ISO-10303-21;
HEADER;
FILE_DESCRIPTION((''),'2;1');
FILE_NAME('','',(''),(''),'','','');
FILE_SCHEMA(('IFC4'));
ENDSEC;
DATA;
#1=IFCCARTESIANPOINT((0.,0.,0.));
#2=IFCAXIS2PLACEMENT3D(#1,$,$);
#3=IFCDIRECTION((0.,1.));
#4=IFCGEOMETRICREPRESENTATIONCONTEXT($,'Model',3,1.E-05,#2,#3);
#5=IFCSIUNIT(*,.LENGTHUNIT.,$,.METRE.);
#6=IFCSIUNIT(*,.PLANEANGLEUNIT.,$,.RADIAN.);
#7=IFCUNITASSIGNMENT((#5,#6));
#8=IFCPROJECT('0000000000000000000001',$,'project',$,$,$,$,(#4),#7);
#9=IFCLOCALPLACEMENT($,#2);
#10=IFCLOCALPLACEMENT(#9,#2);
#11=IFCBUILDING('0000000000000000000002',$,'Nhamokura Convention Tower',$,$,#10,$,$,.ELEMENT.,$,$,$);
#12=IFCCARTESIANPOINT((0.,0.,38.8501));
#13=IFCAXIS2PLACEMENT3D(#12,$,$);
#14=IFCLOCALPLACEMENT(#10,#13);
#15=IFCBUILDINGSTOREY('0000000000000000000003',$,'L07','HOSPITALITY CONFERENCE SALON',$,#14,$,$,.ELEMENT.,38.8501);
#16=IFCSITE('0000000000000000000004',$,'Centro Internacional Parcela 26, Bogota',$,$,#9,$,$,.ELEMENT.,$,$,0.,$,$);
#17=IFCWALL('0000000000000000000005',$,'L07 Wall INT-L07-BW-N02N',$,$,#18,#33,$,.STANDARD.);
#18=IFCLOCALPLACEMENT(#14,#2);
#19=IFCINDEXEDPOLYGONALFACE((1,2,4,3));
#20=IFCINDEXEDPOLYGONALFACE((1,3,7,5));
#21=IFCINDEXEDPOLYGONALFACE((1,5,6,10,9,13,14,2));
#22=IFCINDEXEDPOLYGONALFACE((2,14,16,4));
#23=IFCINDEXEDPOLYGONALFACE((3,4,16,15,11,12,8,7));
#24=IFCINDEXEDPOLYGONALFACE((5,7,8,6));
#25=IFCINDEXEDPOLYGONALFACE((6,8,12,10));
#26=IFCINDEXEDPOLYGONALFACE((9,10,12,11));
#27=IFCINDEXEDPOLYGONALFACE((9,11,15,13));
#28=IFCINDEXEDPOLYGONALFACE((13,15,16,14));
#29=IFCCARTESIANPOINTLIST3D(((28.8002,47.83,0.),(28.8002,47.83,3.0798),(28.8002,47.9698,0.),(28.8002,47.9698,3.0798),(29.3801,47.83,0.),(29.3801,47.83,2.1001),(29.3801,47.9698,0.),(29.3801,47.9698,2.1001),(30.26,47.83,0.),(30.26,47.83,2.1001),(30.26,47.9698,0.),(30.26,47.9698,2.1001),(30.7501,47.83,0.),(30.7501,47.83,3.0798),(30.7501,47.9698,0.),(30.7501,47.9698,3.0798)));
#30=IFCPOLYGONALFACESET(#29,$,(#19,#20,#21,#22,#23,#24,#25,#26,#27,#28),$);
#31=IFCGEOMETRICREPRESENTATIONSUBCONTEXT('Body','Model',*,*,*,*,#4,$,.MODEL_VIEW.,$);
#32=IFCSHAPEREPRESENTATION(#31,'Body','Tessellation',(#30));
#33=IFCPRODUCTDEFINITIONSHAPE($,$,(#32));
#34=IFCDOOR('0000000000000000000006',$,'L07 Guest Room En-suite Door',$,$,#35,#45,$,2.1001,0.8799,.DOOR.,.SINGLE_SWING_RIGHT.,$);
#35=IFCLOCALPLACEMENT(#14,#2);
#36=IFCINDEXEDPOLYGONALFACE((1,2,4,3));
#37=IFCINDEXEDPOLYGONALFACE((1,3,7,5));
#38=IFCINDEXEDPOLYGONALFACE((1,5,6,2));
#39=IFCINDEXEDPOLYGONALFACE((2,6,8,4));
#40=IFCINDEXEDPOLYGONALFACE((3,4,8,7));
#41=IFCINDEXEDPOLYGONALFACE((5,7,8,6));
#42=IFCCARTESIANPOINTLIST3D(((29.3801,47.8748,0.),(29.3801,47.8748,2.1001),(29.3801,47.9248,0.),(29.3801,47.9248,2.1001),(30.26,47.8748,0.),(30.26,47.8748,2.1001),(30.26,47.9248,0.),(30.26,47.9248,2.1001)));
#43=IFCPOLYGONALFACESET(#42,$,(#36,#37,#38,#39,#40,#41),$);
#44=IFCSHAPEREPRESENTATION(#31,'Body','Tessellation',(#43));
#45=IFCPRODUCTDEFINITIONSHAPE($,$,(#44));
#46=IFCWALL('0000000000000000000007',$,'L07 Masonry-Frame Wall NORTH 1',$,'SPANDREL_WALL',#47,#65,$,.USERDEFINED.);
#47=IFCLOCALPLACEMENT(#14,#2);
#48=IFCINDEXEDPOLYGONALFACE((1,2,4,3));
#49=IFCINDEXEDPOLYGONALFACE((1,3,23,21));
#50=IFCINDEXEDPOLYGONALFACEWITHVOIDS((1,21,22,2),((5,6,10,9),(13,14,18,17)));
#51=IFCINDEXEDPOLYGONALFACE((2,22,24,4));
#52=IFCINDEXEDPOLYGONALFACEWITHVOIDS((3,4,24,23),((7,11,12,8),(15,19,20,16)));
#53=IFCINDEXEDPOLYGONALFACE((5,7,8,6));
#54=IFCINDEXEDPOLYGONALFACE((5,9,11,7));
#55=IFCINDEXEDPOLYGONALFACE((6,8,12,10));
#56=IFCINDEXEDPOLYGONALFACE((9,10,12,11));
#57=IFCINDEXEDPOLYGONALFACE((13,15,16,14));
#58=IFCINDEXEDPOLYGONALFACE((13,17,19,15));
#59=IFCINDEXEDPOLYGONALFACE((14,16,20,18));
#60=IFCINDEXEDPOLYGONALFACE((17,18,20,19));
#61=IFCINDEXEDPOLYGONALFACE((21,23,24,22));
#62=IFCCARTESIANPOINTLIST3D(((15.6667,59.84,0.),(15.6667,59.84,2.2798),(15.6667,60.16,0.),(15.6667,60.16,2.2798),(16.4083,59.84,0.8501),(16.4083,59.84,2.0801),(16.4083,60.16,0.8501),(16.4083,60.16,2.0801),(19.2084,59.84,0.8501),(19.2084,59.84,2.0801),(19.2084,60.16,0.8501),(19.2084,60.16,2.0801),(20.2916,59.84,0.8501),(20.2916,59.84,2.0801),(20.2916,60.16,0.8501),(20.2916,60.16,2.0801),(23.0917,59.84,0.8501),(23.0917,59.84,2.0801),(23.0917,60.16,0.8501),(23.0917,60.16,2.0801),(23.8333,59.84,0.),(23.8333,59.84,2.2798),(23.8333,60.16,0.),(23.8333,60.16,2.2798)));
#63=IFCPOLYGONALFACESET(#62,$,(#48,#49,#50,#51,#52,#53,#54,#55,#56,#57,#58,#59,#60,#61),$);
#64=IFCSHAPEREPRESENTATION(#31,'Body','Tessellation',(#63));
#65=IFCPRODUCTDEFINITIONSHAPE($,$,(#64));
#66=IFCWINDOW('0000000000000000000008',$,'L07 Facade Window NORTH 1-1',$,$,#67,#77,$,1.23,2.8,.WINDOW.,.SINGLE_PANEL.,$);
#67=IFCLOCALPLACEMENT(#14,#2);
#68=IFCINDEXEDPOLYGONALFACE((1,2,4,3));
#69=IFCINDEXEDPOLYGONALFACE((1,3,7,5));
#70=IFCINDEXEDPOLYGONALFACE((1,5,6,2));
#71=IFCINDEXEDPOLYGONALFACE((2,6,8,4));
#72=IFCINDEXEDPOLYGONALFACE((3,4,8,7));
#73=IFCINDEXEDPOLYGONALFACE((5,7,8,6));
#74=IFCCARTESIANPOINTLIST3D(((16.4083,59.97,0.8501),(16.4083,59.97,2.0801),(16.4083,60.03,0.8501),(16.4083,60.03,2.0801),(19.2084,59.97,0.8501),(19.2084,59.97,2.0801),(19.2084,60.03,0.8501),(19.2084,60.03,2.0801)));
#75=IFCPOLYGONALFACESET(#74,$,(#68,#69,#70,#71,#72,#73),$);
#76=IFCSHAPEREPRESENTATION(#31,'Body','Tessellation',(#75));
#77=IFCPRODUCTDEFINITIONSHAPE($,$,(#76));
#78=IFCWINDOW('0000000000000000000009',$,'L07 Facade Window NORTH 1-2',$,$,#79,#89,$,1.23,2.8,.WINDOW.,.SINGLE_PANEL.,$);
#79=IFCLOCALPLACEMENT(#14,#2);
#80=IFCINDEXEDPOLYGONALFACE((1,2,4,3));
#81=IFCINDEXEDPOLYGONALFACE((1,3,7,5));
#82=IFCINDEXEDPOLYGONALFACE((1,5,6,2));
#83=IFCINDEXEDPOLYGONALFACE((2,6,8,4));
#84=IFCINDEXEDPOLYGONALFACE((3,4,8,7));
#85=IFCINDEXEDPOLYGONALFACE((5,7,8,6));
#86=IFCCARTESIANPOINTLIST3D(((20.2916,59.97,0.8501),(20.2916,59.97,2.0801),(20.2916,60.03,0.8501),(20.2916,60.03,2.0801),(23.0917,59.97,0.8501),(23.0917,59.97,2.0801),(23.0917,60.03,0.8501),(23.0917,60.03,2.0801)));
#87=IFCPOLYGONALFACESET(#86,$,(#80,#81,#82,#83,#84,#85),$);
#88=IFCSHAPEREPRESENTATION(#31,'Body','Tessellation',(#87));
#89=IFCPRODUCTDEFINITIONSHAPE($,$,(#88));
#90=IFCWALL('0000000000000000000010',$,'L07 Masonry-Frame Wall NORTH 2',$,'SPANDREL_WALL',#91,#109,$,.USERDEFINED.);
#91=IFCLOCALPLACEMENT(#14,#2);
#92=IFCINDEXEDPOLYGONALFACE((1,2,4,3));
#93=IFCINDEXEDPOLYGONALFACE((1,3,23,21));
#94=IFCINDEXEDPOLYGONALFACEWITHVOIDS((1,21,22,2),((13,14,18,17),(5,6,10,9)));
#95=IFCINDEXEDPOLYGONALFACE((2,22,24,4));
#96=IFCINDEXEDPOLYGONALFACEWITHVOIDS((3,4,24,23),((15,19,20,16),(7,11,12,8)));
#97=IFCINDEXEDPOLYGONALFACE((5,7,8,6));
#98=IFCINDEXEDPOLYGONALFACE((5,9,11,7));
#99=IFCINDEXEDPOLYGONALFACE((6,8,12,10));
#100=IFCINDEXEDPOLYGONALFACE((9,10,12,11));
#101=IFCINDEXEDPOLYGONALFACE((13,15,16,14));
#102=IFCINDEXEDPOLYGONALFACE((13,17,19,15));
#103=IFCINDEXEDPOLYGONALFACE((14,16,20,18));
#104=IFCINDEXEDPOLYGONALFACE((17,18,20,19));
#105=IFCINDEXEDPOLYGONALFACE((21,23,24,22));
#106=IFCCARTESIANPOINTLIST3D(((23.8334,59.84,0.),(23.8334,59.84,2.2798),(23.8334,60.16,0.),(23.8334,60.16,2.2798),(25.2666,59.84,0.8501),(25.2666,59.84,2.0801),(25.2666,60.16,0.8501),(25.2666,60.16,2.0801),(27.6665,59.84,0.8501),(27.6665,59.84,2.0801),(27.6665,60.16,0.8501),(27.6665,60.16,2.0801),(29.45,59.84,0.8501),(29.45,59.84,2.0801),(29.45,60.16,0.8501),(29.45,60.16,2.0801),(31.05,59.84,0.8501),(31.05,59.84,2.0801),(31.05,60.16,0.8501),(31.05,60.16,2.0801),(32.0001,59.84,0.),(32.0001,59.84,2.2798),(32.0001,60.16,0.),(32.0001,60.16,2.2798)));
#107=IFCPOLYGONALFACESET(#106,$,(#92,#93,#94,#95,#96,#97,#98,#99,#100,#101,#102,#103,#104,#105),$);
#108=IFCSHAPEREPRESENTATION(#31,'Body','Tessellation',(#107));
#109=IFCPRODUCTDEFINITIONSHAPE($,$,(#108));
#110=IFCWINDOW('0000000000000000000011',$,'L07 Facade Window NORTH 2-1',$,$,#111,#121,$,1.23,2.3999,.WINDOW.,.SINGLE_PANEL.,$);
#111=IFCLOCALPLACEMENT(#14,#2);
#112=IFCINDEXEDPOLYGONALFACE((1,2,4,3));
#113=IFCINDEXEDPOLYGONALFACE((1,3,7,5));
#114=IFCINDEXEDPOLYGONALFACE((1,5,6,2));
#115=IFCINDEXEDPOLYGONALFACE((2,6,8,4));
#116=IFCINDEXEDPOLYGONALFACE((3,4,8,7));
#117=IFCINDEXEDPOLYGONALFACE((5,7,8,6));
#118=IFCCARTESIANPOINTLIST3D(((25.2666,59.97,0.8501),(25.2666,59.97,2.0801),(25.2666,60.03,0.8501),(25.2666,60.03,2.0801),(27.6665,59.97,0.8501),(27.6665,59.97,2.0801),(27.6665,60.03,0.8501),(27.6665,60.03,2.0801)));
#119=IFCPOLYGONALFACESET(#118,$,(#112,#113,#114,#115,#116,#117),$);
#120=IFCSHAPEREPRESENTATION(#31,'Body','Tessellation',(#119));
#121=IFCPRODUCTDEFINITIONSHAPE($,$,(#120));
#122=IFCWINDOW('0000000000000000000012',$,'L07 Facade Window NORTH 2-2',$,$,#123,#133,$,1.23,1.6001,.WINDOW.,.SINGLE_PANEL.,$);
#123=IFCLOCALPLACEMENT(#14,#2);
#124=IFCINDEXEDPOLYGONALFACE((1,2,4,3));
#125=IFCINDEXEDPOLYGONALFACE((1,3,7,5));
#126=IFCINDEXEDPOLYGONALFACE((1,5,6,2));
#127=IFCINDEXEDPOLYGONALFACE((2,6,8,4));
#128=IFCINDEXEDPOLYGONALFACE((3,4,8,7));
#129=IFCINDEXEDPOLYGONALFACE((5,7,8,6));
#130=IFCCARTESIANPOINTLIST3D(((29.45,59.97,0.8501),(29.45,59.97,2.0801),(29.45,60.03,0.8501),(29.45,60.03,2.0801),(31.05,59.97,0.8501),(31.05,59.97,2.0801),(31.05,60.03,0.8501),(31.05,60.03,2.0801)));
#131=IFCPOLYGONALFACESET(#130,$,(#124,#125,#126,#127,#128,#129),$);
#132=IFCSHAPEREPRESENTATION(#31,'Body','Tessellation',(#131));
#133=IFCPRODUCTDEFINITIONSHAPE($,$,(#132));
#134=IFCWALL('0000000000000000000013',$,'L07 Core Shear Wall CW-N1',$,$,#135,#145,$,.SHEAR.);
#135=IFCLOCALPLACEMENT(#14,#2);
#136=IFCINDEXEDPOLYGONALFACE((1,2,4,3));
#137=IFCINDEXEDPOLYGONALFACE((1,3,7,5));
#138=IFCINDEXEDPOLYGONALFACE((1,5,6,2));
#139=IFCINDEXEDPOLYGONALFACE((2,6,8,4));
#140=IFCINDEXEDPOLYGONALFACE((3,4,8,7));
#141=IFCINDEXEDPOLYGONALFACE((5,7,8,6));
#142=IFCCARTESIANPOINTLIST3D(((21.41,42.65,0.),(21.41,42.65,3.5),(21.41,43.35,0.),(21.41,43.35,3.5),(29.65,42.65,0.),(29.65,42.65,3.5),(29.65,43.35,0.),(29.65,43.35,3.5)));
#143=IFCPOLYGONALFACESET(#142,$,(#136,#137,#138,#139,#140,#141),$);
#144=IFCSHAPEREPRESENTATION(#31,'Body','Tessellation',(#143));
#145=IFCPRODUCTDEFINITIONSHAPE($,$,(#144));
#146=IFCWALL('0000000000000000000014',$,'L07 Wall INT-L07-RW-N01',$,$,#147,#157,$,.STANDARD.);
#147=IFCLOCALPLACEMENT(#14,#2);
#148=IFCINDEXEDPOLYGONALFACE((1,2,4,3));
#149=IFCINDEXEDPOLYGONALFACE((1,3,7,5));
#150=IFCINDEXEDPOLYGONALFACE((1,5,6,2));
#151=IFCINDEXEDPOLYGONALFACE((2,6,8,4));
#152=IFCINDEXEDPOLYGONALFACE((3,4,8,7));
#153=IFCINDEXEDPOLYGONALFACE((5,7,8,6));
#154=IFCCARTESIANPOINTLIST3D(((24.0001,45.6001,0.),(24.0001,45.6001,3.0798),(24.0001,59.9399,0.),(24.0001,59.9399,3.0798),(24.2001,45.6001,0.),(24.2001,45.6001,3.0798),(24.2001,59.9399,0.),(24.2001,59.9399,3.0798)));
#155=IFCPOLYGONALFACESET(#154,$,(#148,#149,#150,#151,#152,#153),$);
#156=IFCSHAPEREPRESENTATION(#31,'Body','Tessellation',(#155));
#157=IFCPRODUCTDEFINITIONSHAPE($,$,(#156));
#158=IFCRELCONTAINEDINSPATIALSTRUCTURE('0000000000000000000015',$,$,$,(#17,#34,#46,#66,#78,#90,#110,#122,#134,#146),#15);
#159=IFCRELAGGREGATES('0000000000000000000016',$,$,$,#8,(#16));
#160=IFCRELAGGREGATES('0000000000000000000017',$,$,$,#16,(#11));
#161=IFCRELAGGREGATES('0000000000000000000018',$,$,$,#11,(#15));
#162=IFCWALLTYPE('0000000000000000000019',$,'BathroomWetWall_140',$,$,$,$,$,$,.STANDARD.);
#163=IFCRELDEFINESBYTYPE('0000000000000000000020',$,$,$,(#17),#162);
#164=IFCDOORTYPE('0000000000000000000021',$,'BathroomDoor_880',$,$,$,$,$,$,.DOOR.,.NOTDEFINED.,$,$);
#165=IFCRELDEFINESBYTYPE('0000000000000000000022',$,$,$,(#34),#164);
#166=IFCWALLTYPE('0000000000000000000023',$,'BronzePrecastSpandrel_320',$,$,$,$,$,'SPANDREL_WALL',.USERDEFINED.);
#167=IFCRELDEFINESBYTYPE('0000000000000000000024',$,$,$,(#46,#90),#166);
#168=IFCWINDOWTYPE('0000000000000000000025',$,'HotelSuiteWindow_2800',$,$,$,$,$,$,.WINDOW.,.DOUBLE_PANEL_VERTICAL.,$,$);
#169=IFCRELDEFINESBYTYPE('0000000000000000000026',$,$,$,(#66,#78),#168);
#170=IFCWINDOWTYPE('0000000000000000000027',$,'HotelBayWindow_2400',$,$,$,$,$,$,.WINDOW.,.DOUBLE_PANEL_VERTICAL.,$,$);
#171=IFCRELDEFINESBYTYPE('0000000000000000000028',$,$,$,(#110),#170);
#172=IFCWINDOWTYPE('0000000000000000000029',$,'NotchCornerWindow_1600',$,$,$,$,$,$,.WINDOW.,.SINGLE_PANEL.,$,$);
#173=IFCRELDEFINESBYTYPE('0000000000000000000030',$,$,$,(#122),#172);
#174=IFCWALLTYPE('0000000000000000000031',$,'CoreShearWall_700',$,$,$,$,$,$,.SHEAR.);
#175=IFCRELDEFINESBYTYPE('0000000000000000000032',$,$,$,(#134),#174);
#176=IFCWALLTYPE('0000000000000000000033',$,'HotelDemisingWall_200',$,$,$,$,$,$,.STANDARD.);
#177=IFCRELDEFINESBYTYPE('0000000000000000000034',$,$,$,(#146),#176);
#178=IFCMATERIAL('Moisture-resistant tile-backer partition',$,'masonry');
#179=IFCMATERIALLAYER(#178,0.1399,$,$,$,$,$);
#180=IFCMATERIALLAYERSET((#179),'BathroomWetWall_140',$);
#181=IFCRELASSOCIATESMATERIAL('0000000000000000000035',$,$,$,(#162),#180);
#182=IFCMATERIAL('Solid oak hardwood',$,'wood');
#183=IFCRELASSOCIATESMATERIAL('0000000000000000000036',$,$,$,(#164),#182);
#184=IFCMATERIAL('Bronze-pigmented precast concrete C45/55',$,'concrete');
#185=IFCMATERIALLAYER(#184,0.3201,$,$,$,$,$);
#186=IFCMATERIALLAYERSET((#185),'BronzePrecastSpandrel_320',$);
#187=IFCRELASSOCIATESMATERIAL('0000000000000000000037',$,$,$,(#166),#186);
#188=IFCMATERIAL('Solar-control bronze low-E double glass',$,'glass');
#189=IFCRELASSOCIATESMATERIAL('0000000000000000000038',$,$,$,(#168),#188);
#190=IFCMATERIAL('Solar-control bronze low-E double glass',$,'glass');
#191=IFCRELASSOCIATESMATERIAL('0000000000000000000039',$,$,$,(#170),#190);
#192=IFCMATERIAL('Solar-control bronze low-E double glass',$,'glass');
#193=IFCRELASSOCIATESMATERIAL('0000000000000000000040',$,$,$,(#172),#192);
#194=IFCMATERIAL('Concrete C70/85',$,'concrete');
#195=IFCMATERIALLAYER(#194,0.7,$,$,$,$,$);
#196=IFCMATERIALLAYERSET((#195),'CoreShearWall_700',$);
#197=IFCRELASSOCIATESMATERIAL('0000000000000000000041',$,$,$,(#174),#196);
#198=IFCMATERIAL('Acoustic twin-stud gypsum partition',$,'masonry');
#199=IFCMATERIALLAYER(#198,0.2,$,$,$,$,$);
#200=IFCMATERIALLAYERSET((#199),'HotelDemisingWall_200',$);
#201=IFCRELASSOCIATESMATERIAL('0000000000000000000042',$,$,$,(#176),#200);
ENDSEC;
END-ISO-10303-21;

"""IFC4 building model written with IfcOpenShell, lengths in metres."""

from ifc_helpers import new_model, si_unit, direction, frame, frame_2d, origin, place, context, subcontext, project, spatial, rectangle, extrude, material, layer, layer_set, type_object, element, fill, save


model = new_model("IFC4")

# Units and contexts
model_context = context("Model", 3, precision=1e-05, world=origin(), true_north=direction((0.0, 1.0)))
body_context = subcontext(model_context, "Body", "Model", "MODEL_VIEW")
ifc_project = project(units=[si_unit("LENGTHUNIT", "METRE"), si_unit("PLANEANGLEUNIT", "RADIAN")], contexts=[model_context])

# Site, building, storey
site_placement = place(None, origin())
site = spatial("IfcSite", under=ifc_project, at=site_placement, Name="Centro Internacional Parcela 26, Bogota", CompositionType="ELEMENT", RefElevation=0.0)
building_placement = place(site_placement, origin())
building = spatial("IfcBuilding", under=site, at=building_placement, Name="Nhamokura Convention Tower", CompositionType="ELEMENT")
storey_placement = place(building_placement, frame((0.0, 0.0, 38.8501)))
storey = spatial("IfcBuildingStorey", under=building, at=storey_placement, Name="L07", Description="HOSPITALITY CONFERENCE SALON", CompositionType="ELEMENT", Elevation=38.8501)

# Shared definitions
ifc_material_1 = material(Name="Moisture-resistant tile-backer partition", Category="masonry")
ifc_layer_1 = layer(ifc_material_1, 0.1399)
ifc_layer_set_1 = layer_set([ifc_layer_1], Name="BathroomWetWall_140")
wall_type_1 = type_object("IfcWallType", Name="BathroomWetWall_140", PredefinedType="STANDARD", material=ifc_layer_set_1)

# Wall, opening, door
ifc_material_2 = material(Name="Solid oak hardwood", Category="wood")
door_type_1 = type_object("IfcDoorType", Name="BathroomDoor_880", OperationType="NOTDEFINED", PredefinedType="DOOR", material=ifc_material_2)
wall_1_placement = place(storey_placement, frame((28.8, 47.8999, 0.0), z_axis=(0.0, 0.0, 1.0), x_axis=(1.0, 0.0, 0.0)))
wall_1 = element("IfcWall", 1, at=wall_1_placement, inside=storey, type_object=wall_type_1, Name="L07 Wall INT-L07-BW-N02N", PredefinedType="STANDARD", context=body_context, shape_type="SweptSolid", body=[
    extrude(rectangle(XDim=1.95, YDim=0.1399, at=frame_2d((0.9751, 0.0))), origin(), (0.0, 0.0, 1.0), 3.0798),
])
opening_1_placement = place(wall_1_placement, frame((0.5801, 0.0, 0.0)))
opening_1 = element("IfcOpeningElement", 2, at=opening_1_placement, cuts=wall_1, PredefinedType="OPENING", context=body_context, shape_type="SweptSolid", body=[
    extrude(rectangle(XDim=0.8799, YDim=2.1001, at=frame_2d((0.4399, 1.05))), frame((0.0, 0.0798, 0.0), z_axis=(0.0, -1.0, 0.0), x_axis=(1.0, 0.0, 0.0)), (0.0, 0.0, 1.0), 0.1599),
])
door_1_placement = place(opening_1_placement, origin())
door_1 = element("IfcDoor", 3, at=door_1_placement, inside=storey, type_object=door_type_1, Name="L07 Guest Room En-suite Door", OperationType="SINGLE_SWING_RIGHT", OverallHeight=2.1001, OverallWidth=0.8799, PredefinedType="DOOR", context=body_context, shape_type="SweptSolid", body=[
    extrude(rectangle(XDim=0.8799, YDim=2.1001, at=frame_2d((0.4399, 1.05))), frame((0.0, 0.0249, 0.0), z_axis=(0.0, -1.0, 0.0), x_axis=(1.0, 0.0, 0.0)), (0.0, 0.0, 1.0), 0.05),
])
fill(opening_1, door_1)

# Walls, openings, windows
ifc_material_3 = material(Name="Bronze-pigmented precast concrete C45/55", Category="concrete")
ifc_layer_2 = layer(ifc_material_3, 0.3201)
ifc_layer_set_2 = layer_set([ifc_layer_2], Name="BronzePrecastSpandrel_320")
wall_type_2 = type_object("IfcWallType", Name="BronzePrecastSpandrel_320", ElementType="SPANDREL_WALL", PredefinedType="USERDEFINED", material=ifc_layer_set_2)
wall_2_placement = place(storey_placement, frame((15.6667, 60.0, 0.0), z_axis=(0.0, 0.0, 1.0), x_axis=(1.0, 0.0, 0.0)))
wall_2 = element("IfcWall", 4, at=wall_2_placement, inside=storey, type_object=wall_type_2, Name="L07 Masonry-Frame Wall NORTH 1", ObjectType="SPANDREL_WALL", PredefinedType="USERDEFINED", context=body_context, shape_type="SweptSolid", body=[
    extrude(rectangle(XDim=8.1665, YDim=0.3201, at=frame_2d((4.0833, 0.0))), origin(), (0.0, 0.0, 1.0), 2.2798),
])
opening_2_placement = place(wall_2_placement, frame((0.7417, 0.0, 0.8501)))
opening_2 = element("IfcOpeningElement", 5, at=opening_2_placement, cuts=wall_2, PredefinedType="OPENING", context=body_context, shape_type="SweptSolid", body=[
    extrude(rectangle(XDim=2.8, YDim=1.23, at=frame_2d((1.3999, 0.615))), frame((0.0, 0.1699, 0.0), z_axis=(0.0, -1.0, 0.0), x_axis=(1.0, 0.0, 0.0)), (0.0, 0.0, 1.0), 0.3401),
])
opening_3_placement = place(wall_2_placement, frame((4.625, 0.0, 0.8501)))
opening_3 = element("IfcOpeningElement", 6, at=opening_3_placement, cuts=wall_2, PredefinedType="OPENING", context=body_context, shape_type="SweptSolid", body=[
    extrude(rectangle(XDim=2.8, YDim=1.23, at=frame_2d((1.3999, 0.615))), frame((0.0, 0.1699, 0.0), z_axis=(0.0, -1.0, 0.0), x_axis=(1.0, 0.0, 0.0)), (0.0, 0.0, 1.0), 0.3401),
])
ifc_material_4 = material(Name="Solar-control bronze low-E double glass", Category="glass")
window_type_1 = type_object("IfcWindowType", Name="HotelSuiteWindow_2800", PartitioningType="DOUBLE_PANEL_VERTICAL", PredefinedType="WINDOW", material=ifc_material_4)
window_1_placement = place(opening_2_placement, origin())
window_1 = element("IfcWindow", 7, at=window_1_placement, inside=storey, type_object=window_type_1, Name="L07 Facade Window NORTH 1-1", OverallHeight=1.23, OverallWidth=2.8, PartitioningType="SINGLE_PANEL", PredefinedType="WINDOW", context=body_context, shape_type="SweptSolid", body=[
    extrude(rectangle(XDim=2.8, YDim=1.23, at=frame_2d((1.3999, 0.615))), frame((0.0, 0.03, 0.0), z_axis=(0.0, -1.0, 0.0), x_axis=(1.0, 0.0, 0.0)), (0.0, 0.0, 1.0), 0.0601),
])
fill(opening_2, window_1)
window_2_placement = place(opening_3_placement, origin())
window_2 = element("IfcWindow", 8, at=window_2_placement, inside=storey, type_object=window_type_1, Name="L07 Facade Window NORTH 1-2", OverallHeight=1.23, OverallWidth=2.8, PartitioningType="SINGLE_PANEL", PredefinedType="WINDOW", context=body_context, shape_type="SweptSolid", body=[
    extrude(rectangle(XDim=2.8, YDim=1.23, at=frame_2d((1.3999, 0.615))), frame((0.0, 0.03, 0.0), z_axis=(0.0, -1.0, 0.0), x_axis=(1.0, 0.0, 0.0)), (0.0, 0.0, 1.0), 0.0601),
])
fill(opening_3, window_2)
wall_3_placement = place(storey_placement, frame((23.8333, 60.0, 0.0), z_axis=(0.0, 0.0, 1.0), x_axis=(1.0, 0.0, 0.0)))
wall_3 = element("IfcWall", 9, at=wall_3_placement, inside=storey, type_object=wall_type_2, Name="L07 Masonry-Frame Wall NORTH 2", ObjectType="SPANDREL_WALL", PredefinedType="USERDEFINED", context=body_context, shape_type="SweptSolid", body=[
    extrude(rectangle(XDim=8.1667, YDim=0.3201, at=frame_2d((4.0835, 0.0))), origin(), (0.0, 0.0, 1.0), 2.2798),
])
opening_4_placement = place(wall_3_placement, frame((1.4333, 0.0, 0.8501)))
opening_4 = element("IfcOpeningElement", 10, at=opening_4_placement, cuts=wall_3, PredefinedType="OPENING", context=body_context, shape_type="SweptSolid", body=[
    extrude(rectangle(XDim=2.3999, YDim=1.23, at=frame_2d((1.2, 0.615))), frame((0.0, 0.1699, 0.0), z_axis=(0.0, -1.0, 0.0), x_axis=(1.0, 0.0, 0.0)), (0.0, 0.0, 1.0), 0.3401),
])
opening_5_placement = place(wall_3_placement, frame((5.6167, 0.0, 0.8501)))
opening_5 = element("IfcOpeningElement", 11, at=opening_5_placement, cuts=wall_3, PredefinedType="OPENING", context=body_context, shape_type="SweptSolid", body=[
    extrude(rectangle(XDim=1.6001, YDim=1.23, at=frame_2d((0.8, 0.615))), frame((0.0, 0.1699, 0.0), z_axis=(0.0, -1.0, 0.0), x_axis=(1.0, 0.0, 0.0)), (0.0, 0.0, 1.0), 0.3401),
])
ifc_material_5 = material(Name="Solar-control bronze low-E double glass", Category="glass")
window_type_2 = type_object("IfcWindowType", Name="HotelBayWindow_2400", PartitioningType="DOUBLE_PANEL_VERTICAL", PredefinedType="WINDOW", material=ifc_material_5)
window_3_placement = place(opening_4_placement, origin())
window_3 = element("IfcWindow", 12, at=window_3_placement, inside=storey, type_object=window_type_2, Name="L07 Facade Window NORTH 2-1", OverallHeight=1.23, OverallWidth=2.3999, PartitioningType="SINGLE_PANEL", PredefinedType="WINDOW", context=body_context, shape_type="SweptSolid", body=[
    extrude(rectangle(XDim=2.3999, YDim=1.23, at=frame_2d((1.2, 0.615))), frame((0.0, 0.03, 0.0), z_axis=(0.0, -1.0, 0.0), x_axis=(1.0, 0.0, 0.0)), (0.0, 0.0, 1.0), 0.0601),
])
fill(opening_4, window_3)
ifc_material_6 = material(Name="Solar-control bronze low-E double glass", Category="glass")
window_type_3 = type_object("IfcWindowType", Name="NotchCornerWindow_1600", PartitioningType="SINGLE_PANEL", PredefinedType="WINDOW", material=ifc_material_6)
window_4_placement = place(opening_5_placement, origin())
window_4 = element("IfcWindow", 13, at=window_4_placement, inside=storey, type_object=window_type_3, Name="L07 Facade Window NORTH 2-2", OverallHeight=1.23, OverallWidth=1.6001, PartitioningType="SINGLE_PANEL", PredefinedType="WINDOW", context=body_context, shape_type="SweptSolid", body=[
    extrude(rectangle(XDim=1.6001, YDim=1.23, at=frame_2d((0.8, 0.615))), frame((0.0, 0.03, 0.0), z_axis=(0.0, -1.0, 0.0), x_axis=(1.0, 0.0, 0.0)), (0.0, 0.0, 1.0), 0.0601),
])
fill(opening_5, window_4)

# Wall
ifc_material_7 = material(Name="Concrete C70/85", Category="concrete")
ifc_layer_3 = layer(ifc_material_7, 0.7)
ifc_layer_set_3 = layer_set([ifc_layer_3], Name="CoreShearWall_700")
wall_type_3 = type_object("IfcWallType", Name="CoreShearWall_700", PredefinedType="SHEAR", material=ifc_layer_set_3)
wall_4_placement = place(storey_placement, frame((21.4099, 43.0, 0.0), z_axis=(0.0, 0.0, 1.0), x_axis=(1.0, 0.0, 0.0)))
element("IfcWall", 14, at=wall_4_placement, inside=storey, type_object=wall_type_3, Name="L07 Core Shear Wall CW-N1", PredefinedType="SHEAR", context=body_context, shape_type="SweptSolid", body=[
    extrude(rectangle(XDim=8.24, YDim=0.7, at=frame_2d((4.1201, 0.0))), origin(), (0.0, 0.0, 1.0), 3.5),
])

# Wall
ifc_material_8 = material(Name="Acoustic twin-stud gypsum partition", Category="masonry")
ifc_layer_4 = layer(ifc_material_8, 0.2)
ifc_layer_set_4 = layer_set([ifc_layer_4], Name="HotelDemisingWall_200")
wall_type_4 = type_object("IfcWallType", Name="HotelDemisingWall_200", PredefinedType="STANDARD", material=ifc_layer_set_4)
for number, where, z_axis, x_axis, name in (
    (15, (24.1001, 45.6001, 0.0), (0.0, 0.0, 1.0), (0.0, 1.0, 0.0), "L07 Wall INT-L07-RW-N01"),
):
    element("IfcWall", number, at=place(storey_placement, frame(where, z_axis=z_axis, x_axis=x_axis)), inside=storey, type_object=wall_type_4, Name=name, PredefinedType="STANDARD", context=body_context, shape_type="SweptSolid", body=[
        extrude(rectangle(XDim=14.3398, YDim=0.2, at=frame_2d((7.1699, 0.0))), origin(), (0.0, 0.0, 1.0), 3.0798),
    ])

save(model, "model.ifc")
